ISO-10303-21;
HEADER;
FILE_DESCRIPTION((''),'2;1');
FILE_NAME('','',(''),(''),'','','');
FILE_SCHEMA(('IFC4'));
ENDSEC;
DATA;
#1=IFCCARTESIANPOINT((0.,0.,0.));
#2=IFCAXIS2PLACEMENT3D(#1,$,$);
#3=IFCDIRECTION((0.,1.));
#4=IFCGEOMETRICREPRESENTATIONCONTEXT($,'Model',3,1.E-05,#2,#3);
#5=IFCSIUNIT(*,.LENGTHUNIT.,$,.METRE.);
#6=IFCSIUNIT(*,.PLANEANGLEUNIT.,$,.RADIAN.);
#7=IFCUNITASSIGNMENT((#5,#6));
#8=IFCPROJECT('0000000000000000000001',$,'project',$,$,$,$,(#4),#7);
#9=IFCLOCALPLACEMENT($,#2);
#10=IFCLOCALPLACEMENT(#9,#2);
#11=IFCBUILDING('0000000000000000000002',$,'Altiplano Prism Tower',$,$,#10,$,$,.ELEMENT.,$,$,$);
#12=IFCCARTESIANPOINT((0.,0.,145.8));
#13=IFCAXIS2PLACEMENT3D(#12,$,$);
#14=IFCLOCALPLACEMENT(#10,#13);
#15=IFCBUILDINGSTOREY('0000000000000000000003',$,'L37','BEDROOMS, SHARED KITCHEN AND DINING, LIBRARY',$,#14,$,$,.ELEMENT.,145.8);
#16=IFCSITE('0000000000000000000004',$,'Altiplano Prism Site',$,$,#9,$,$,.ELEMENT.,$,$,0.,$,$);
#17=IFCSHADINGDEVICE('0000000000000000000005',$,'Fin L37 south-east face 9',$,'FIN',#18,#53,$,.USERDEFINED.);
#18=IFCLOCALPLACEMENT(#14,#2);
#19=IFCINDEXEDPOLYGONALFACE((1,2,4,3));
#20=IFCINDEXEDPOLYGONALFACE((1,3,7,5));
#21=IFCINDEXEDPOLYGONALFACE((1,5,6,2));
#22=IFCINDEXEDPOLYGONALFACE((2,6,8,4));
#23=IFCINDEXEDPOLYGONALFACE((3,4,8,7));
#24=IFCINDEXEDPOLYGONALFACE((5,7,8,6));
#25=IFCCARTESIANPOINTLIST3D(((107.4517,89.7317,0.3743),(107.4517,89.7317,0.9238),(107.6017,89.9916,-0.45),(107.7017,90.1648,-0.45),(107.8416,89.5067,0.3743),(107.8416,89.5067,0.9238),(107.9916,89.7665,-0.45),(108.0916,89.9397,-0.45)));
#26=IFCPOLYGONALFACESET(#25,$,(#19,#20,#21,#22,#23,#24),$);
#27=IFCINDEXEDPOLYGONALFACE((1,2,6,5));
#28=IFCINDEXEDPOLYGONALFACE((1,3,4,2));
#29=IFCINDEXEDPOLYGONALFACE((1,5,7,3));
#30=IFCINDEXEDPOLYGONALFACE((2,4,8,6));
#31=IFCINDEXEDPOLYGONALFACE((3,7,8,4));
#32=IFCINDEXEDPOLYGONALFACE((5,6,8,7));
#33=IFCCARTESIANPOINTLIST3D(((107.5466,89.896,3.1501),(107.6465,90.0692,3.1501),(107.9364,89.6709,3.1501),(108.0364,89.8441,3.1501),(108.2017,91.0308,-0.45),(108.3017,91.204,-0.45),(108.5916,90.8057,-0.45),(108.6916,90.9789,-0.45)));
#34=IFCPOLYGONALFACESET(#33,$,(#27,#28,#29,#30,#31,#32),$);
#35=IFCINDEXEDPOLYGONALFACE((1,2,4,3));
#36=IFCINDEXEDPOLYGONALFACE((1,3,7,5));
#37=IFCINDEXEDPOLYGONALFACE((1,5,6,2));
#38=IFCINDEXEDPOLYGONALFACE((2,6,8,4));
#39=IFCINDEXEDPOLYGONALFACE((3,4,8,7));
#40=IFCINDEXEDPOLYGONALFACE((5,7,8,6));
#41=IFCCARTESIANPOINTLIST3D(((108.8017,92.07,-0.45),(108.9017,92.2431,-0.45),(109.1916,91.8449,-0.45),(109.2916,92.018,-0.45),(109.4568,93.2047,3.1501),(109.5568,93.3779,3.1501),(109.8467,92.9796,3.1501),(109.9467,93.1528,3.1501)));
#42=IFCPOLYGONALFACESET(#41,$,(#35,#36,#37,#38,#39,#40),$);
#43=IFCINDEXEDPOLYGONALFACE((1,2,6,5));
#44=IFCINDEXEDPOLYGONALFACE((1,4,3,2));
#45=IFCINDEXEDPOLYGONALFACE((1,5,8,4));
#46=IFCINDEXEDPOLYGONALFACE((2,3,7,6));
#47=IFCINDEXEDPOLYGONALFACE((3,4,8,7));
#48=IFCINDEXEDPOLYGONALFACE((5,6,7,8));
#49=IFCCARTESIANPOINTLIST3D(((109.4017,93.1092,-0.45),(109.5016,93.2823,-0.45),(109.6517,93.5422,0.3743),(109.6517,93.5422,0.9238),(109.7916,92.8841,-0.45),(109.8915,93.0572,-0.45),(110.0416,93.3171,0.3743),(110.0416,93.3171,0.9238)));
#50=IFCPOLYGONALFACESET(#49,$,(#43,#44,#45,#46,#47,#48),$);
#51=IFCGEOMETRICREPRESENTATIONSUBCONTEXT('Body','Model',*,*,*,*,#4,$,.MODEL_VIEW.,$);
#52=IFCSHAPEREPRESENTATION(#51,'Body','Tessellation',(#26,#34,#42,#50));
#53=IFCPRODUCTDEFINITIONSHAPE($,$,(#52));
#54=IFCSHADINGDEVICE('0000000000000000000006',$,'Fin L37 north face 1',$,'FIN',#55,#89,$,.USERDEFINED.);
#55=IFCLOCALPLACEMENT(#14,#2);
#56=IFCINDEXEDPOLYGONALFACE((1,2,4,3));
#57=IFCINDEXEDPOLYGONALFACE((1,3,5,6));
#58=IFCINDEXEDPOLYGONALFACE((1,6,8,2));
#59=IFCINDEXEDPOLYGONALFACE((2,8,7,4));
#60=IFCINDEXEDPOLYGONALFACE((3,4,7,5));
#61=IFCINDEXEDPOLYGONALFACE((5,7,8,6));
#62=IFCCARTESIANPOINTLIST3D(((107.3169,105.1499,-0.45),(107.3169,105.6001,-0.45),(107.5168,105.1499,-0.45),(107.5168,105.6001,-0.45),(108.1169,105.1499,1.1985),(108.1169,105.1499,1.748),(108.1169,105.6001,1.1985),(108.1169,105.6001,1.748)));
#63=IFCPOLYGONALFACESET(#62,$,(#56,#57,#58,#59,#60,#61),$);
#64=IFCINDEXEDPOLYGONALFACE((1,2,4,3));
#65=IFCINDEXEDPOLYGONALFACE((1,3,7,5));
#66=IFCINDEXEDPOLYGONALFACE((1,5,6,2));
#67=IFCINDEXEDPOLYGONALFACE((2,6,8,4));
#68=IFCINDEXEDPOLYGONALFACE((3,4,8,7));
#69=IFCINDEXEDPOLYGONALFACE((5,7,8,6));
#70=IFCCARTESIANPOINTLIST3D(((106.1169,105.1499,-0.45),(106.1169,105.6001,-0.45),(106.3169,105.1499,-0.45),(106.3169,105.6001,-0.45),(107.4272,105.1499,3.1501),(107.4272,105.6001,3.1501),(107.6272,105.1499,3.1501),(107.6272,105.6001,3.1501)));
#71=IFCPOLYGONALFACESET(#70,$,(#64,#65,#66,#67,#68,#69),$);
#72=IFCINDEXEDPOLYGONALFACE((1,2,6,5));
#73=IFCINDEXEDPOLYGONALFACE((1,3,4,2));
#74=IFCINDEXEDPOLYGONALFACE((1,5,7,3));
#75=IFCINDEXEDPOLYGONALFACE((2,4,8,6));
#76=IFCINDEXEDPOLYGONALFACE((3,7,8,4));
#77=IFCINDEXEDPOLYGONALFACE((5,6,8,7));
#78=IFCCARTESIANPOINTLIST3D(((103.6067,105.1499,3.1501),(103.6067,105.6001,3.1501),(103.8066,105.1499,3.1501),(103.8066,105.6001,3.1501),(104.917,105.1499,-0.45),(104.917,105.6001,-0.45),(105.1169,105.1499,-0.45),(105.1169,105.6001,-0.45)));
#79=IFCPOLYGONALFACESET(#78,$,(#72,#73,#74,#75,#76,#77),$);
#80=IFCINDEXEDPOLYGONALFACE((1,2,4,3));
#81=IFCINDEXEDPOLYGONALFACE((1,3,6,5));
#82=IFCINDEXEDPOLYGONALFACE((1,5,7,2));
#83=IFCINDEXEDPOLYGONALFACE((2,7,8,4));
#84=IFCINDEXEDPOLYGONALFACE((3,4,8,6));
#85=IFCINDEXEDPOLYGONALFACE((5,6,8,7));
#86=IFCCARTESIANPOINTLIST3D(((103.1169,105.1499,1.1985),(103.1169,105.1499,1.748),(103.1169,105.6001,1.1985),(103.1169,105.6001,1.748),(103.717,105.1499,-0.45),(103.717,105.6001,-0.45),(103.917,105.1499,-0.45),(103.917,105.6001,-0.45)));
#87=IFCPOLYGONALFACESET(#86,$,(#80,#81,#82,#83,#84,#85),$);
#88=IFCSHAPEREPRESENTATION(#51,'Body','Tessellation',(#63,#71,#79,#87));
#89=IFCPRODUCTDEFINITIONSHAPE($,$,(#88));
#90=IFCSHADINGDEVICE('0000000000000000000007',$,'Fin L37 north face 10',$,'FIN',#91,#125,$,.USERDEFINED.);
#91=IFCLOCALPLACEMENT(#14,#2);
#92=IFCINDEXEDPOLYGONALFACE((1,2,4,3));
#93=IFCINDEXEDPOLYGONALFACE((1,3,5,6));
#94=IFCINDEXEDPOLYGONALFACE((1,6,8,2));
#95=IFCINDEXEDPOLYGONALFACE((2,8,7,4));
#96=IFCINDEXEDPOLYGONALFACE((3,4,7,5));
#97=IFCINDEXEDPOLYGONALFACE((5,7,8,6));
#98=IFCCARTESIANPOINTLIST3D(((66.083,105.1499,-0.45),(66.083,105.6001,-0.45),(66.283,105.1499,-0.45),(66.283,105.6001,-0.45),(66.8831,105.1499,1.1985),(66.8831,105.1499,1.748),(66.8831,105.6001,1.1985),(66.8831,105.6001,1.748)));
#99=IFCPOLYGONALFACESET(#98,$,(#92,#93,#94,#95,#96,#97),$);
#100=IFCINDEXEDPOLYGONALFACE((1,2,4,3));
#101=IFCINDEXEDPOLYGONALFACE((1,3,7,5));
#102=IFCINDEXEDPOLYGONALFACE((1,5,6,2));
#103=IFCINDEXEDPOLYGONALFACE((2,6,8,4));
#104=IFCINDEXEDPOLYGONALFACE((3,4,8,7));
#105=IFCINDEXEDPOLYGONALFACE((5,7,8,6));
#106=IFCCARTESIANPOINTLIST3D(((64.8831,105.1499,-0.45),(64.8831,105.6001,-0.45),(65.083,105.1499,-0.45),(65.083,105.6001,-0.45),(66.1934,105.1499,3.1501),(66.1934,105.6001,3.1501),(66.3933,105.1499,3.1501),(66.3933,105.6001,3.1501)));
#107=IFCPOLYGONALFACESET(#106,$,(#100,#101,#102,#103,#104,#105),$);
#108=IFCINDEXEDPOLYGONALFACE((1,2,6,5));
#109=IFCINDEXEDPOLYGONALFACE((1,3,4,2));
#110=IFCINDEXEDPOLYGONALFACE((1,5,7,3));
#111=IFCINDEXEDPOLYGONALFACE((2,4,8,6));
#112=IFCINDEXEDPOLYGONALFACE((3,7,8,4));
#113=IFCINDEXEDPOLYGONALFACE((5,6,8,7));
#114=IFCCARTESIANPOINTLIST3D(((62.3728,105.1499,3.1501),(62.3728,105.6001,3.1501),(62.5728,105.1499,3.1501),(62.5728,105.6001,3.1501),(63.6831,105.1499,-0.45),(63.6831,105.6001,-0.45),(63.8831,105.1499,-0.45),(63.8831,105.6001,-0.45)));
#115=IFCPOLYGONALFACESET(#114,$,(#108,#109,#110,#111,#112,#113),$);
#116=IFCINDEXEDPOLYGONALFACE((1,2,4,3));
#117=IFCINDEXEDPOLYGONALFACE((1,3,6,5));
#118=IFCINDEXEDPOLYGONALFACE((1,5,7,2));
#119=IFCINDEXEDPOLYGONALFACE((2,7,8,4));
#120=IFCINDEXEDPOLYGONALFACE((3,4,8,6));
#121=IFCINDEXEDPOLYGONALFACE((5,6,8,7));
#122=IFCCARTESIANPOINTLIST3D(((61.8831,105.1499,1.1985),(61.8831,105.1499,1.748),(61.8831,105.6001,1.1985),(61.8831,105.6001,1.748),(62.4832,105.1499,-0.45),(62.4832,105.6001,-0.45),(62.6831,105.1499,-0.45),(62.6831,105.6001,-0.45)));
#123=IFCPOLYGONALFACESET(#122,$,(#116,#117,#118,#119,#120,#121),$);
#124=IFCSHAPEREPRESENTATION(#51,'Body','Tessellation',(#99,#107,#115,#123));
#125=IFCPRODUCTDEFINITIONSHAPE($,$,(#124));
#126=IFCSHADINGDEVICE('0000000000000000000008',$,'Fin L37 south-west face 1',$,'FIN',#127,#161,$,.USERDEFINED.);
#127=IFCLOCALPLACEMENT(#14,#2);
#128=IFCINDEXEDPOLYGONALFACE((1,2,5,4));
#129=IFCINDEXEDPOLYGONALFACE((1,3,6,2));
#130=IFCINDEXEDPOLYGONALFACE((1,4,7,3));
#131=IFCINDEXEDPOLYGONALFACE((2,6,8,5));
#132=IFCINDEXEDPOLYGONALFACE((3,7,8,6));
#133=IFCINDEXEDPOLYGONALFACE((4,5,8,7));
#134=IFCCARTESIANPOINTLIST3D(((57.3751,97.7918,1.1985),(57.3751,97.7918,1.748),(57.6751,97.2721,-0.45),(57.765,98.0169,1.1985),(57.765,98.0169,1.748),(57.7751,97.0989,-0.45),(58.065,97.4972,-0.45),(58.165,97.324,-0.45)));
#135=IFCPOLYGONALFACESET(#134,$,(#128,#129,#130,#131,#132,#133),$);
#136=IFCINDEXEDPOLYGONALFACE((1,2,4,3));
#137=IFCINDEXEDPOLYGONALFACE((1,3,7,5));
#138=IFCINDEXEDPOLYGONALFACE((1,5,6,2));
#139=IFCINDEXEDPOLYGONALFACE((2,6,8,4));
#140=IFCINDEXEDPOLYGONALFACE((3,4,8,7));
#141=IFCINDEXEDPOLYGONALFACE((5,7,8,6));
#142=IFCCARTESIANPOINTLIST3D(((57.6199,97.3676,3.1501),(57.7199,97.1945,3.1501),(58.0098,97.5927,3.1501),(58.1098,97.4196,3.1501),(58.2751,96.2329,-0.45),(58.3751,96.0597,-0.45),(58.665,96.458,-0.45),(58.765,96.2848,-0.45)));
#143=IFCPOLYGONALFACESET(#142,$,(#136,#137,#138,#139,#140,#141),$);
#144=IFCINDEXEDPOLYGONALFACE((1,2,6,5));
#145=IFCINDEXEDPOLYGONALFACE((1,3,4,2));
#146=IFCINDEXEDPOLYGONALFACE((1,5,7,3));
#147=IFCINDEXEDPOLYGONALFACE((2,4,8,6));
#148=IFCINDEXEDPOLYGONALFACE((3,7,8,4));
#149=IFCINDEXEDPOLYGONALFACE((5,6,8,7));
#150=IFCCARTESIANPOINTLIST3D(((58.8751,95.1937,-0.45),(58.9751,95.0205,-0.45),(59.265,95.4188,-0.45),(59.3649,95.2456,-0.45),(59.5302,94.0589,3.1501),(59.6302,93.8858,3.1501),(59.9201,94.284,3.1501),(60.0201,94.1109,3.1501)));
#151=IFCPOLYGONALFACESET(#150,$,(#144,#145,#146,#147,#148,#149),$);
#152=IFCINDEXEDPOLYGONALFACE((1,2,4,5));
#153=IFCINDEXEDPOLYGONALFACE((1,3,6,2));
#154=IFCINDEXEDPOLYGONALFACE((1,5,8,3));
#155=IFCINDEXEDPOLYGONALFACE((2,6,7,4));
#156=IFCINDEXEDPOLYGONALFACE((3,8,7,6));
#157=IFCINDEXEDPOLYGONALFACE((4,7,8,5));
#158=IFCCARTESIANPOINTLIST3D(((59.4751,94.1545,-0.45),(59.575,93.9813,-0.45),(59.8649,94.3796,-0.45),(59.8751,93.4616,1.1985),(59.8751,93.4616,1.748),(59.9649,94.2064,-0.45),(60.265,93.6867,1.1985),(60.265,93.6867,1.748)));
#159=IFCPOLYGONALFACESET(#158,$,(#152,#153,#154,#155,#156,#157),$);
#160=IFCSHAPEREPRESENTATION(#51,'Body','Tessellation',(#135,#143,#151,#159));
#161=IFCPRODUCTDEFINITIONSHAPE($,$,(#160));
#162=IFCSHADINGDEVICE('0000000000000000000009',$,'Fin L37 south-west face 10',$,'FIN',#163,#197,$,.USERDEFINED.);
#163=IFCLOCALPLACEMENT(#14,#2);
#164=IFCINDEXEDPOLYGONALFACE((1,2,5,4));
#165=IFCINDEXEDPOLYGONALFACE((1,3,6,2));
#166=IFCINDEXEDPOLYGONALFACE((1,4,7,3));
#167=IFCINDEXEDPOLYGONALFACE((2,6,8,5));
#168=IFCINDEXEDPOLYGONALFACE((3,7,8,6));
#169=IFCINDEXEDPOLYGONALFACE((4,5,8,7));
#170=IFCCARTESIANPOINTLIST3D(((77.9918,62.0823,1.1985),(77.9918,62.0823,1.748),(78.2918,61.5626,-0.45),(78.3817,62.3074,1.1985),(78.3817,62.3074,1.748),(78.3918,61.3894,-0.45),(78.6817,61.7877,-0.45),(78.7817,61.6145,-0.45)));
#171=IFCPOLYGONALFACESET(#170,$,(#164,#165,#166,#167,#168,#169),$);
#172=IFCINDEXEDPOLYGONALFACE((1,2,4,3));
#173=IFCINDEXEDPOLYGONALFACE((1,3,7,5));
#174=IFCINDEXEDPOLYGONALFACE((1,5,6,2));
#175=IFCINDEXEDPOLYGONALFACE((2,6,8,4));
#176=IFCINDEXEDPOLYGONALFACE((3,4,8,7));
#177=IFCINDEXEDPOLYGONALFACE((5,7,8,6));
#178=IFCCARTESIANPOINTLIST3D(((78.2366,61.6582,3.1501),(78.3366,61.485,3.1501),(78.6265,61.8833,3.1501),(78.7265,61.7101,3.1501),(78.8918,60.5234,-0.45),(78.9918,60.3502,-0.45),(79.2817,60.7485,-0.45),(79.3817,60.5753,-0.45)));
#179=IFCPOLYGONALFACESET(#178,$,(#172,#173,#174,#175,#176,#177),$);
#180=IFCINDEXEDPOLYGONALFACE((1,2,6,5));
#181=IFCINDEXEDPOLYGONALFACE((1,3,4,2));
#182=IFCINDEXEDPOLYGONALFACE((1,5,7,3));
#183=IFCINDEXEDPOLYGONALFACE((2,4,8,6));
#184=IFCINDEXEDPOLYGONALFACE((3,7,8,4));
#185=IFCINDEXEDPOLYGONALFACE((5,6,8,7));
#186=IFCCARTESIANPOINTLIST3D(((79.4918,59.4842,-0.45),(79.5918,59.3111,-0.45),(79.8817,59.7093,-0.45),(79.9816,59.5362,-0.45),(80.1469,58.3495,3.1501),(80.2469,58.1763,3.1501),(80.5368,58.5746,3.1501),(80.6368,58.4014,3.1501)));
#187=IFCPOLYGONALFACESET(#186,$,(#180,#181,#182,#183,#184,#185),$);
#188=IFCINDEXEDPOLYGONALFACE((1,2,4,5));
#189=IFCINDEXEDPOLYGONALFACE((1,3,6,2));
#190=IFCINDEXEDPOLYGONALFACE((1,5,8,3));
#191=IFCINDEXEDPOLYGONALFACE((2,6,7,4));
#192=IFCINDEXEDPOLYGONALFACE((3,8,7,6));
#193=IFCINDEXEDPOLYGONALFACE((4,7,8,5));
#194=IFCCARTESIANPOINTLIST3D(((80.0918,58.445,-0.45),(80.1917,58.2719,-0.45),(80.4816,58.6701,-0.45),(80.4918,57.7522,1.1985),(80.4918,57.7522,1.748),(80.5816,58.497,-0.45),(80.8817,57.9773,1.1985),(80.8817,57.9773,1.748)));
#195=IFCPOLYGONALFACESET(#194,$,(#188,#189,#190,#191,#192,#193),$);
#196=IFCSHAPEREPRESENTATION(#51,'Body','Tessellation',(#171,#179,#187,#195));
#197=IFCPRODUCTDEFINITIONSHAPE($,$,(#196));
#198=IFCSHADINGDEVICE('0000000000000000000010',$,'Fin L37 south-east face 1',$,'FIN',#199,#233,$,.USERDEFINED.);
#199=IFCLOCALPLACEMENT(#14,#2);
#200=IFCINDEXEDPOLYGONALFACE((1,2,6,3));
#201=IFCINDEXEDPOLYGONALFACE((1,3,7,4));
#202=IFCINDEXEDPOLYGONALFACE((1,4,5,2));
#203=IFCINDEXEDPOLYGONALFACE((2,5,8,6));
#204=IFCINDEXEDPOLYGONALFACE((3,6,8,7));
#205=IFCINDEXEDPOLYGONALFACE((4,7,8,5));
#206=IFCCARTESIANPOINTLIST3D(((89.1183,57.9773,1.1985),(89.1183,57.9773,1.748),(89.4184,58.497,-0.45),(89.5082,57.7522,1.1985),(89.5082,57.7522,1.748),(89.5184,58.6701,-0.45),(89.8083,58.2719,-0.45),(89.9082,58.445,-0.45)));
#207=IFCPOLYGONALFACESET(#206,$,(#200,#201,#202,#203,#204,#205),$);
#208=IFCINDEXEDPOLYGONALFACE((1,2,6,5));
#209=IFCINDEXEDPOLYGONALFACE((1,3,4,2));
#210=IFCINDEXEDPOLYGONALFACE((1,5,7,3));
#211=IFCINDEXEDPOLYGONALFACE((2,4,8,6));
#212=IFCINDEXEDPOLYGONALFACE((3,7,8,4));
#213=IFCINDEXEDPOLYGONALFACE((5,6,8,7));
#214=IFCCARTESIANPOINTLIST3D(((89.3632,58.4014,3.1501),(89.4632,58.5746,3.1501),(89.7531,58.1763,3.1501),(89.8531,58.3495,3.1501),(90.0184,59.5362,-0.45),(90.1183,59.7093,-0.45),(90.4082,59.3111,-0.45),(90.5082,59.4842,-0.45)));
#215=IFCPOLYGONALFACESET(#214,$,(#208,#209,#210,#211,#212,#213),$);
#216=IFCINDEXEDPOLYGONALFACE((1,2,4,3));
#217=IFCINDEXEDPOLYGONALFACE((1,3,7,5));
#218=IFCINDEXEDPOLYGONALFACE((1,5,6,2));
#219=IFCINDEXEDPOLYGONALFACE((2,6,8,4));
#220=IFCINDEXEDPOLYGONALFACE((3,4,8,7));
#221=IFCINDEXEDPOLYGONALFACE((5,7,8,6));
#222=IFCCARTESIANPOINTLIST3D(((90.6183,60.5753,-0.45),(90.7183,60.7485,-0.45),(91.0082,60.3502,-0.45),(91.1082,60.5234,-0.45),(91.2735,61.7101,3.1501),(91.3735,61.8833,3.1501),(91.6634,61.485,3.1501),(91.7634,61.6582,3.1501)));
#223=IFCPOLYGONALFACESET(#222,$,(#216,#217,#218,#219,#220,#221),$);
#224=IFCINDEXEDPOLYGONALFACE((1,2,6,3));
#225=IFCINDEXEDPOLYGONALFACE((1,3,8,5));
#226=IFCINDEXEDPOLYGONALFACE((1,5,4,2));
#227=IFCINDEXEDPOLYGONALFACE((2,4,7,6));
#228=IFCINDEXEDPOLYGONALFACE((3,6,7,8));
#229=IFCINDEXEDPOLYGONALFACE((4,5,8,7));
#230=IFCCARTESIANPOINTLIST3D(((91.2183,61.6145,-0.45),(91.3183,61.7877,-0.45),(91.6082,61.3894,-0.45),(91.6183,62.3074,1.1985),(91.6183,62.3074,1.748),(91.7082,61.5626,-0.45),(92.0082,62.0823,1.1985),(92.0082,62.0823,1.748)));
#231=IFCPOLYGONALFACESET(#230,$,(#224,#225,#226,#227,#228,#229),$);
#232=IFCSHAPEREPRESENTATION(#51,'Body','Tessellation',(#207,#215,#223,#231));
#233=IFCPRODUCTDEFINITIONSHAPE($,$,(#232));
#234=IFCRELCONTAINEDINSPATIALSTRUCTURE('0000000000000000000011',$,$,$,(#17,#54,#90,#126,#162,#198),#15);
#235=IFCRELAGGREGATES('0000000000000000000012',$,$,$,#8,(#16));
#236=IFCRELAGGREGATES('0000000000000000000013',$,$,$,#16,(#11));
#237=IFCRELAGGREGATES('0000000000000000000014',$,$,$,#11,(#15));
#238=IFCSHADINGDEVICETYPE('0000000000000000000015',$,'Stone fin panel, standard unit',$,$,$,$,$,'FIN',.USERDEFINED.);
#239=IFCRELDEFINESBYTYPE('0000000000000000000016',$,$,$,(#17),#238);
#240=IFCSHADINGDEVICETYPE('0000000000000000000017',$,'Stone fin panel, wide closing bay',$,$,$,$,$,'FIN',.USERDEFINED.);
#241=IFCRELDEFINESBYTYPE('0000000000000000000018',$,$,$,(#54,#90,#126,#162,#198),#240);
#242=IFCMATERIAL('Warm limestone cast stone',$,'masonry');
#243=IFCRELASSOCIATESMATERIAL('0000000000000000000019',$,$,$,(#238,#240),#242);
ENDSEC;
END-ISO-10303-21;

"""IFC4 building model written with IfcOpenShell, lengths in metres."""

from ifc_helpers import new_model, si_unit, direction, frame, origin, place, context, subcontext, project, spatial, polyline, outline, extrude, source, transform, mapped, material, type_object, element, save


model = new_model("IFC4")

# Units and contexts
model_context = context("Model", 3, precision=1e-05, world=origin(), true_north=direction((0.0, 1.0)))
body_context = subcontext(model_context, "Body", "Model", "MODEL_VIEW")
ifc_project = project(units=[si_unit("LENGTHUNIT", "METRE"), si_unit("PLANEANGLEUNIT", "RADIAN")], contexts=[model_context])

# Site, building, storey
site_placement = place(None, origin())
site = spatial("IfcSite", under=ifc_project, at=site_placement, Name="Altiplano Prism Site", CompositionType="ELEMENT", RefElevation=0.0)
building_placement = place(site_placement, origin())
building = spatial("IfcBuilding", under=site, at=building_placement, Name="Altiplano Prism Tower", CompositionType="ELEMENT")
storey_placement = place(building_placement, frame((0.0, 0.0, 145.8)))
storey = spatial("IfcBuildingStorey", under=building, at=storey_placement, Name="L37", Description="BEDROOMS, SHARED KITCHEN AND DINING, LIBRARY", CompositionType="ELEMENT", Elevation=145.8)

# Shading devices
ifc_material_1 = material(Name="Warm limestone cast stone", Category="masonry")
shading_device_type_1 = type_object("IfcShadingDeviceType", Name="Stone fin panel, standard unit", ElementType="FIN", PredefinedType="USERDEFINED", material=ifc_material_1)
shared_shape_1 = source(origin(), body_context, "Body", "SweptSolid", [
    extrude(outline(polyline([(-2.2, 1.3738), (-2.2, 0.8242), (-1.8999, 0.0), (-1.7, 0.0), (-2.2, 1.3738)])), frame((0.0, -0.1499, 0.0), z_axis=(0.0, -1.0, 0.0), x_axis=(1.0, 0.0, 0.0)), (0.0, 0.0, 1.0), 0.4502),
    extrude(outline(polyline([(-2.0103, 3.6001), (-0.7, 0.0), (-0.5, 0.0), (-1.8103, 3.6001), (-2.0103, 3.6001)])), frame((0.0, -0.1499, 0.0), z_axis=(0.0, -1.0, 0.0), x_axis=(1.0, 0.0, 0.0)), (0.0, 0.0, 1.0), 0.4502),
    extrude(outline(polyline([(1.8103, 3.6001), (0.5, 0.0), (0.7, 0.0), (2.0103, 3.6001), (1.8103, 3.6001)])), frame((0.0, -0.1499, 0.0), z_axis=(0.0, -1.0, 0.0), x_axis=(1.0, 0.0, 0.0)), (0.0, 0.0, 1.0), 0.4502),
    extrude(outline(polyline([(2.2, 0.8242), (2.2, 1.3738), (1.7, 0.0), (1.8999, 0.0), (2.2, 0.8242)])), frame((0.0, -0.1499, 0.0), z_axis=(0.0, -1.0, 0.0), x_axis=(1.0, 0.0, 0.0)), (0.0, 0.0, 1.0), 0.4502),
])
shading_device_1_placement = place(storey_placement, origin())
element("IfcShadingDevice", 1, at=shading_device_1_placement, inside=storey, type_object=shading_device_type_1, Name="Fin L37 south-east face 9", ObjectType="FIN", PredefinedType="USERDEFINED", context=body_context, shape_type="MappedRepresentation", body=[
    mapped(shared_shape_1, transform((108.4219, 91.7119, -0.45), x_axis=(0.5, 0.866025, 0.0), y_axis=(-0.866025, 0.5, 0.0), z_axis=(0.0, 0.0, 1.0))),
])
shading_device_type_2 = type_object("IfcShadingDeviceType", Name="Stone fin panel, wide closing bay", ElementType="FIN", PredefinedType="USERDEFINED", material=ifc_material_1)
shared_shape_2 = source(origin(), body_context, "Body", "SweptSolid", [
    extrude(outline(polyline([(-2.5, 2.198), (-2.5, 1.6484), (-1.8999, 0.0), (-1.7, 0.0), (-2.5, 2.198)])), frame((0.0, -0.1499, 0.0), z_axis=(0.0, -1.0, 0.0), x_axis=(1.0, 0.0, 0.0)), (0.0, 0.0, 1.0), 0.4502),
    extrude(outline(polyline([(-2.0103, 3.6001), (-0.7, 0.0), (-0.5, 0.0), (-1.8103, 3.6001), (-2.0103, 3.6001)])), frame((0.0, -0.1499, 0.0), z_axis=(0.0, -1.0, 0.0), x_axis=(1.0, 0.0, 0.0)), (0.0, 0.0, 1.0), 0.4502),
    extrude(outline(polyline([(1.8103, 3.6001), (0.5, 0.0), (0.7, 0.0), (2.0103, 3.6001), (1.8103, 3.6001)])), frame((0.0, -0.1499, 0.0), z_axis=(0.0, -1.0, 0.0), x_axis=(1.0, 0.0, 0.0)), (0.0, 0.0, 1.0), 0.4502),
    extrude(outline(polyline([(2.5, 1.6484), (2.5, 2.198), (1.7, 0.0), (1.8999, 0.0), (2.5, 1.6484)])), frame((0.0, -0.1499, 0.0), z_axis=(0.0, -1.0, 0.0), x_axis=(1.0, 0.0, 0.0)), (0.0, 0.0, 1.0), 0.4502),
])
shading_device_2_placement = place(storey_placement, origin())
element("IfcShadingDevice", 2, at=shading_device_2_placement, inside=storey, type_object=shading_device_type_2, Name="Fin L37 north face 1", ObjectType="FIN", PredefinedType="USERDEFINED", context=body_context, shape_type="MappedRepresentation", body=[
    mapped(shared_shape_2, transform((105.6169, 105.0, -0.45), x_axis=(-1.0, 0.0, 0.0), y_axis=(0.0, -1.0, 0.0), z_axis=(0.0, 0.0, 1.0))),
])
shading_device_3_placement = place(storey_placement, origin())
element("IfcShadingDevice", 3, at=shading_device_3_placement, inside=storey, type_object=shading_device_type_2, Name="Fin L37 north face 10", ObjectType="FIN", PredefinedType="USERDEFINED", context=body_context, shape_type="MappedRepresentation", body=[
    mapped(shared_shape_2, transform((64.3831, 105.0, -0.45), x_axis=(-1.0, 0.0, 0.0), y_axis=(0.0, -1.0, 0.0), z_axis=(0.0, 0.0, 1.0))),
])
shading_device_4_placement = place(storey_placement, origin())
element("IfcShadingDevice", 4, at=shading_device_4_placement, inside=storey, type_object=shading_device_type_2, Name="Fin L37 south-west face 1", ObjectType="FIN", PredefinedType="USERDEFINED", context=body_context, shape_type="MappedRepresentation", body=[
    mapped(shared_shape_2, transform((59.1448, 95.9268, -0.45), x_axis=(0.5, -0.866025, 0.0), y_axis=(0.866025, 0.5, 0.0), z_axis=(0.0, 0.0, 1.0))),
])
shading_device_5_placement = place(storey_placement, origin())
element("IfcShadingDevice", 5, at=shading_device_5_placement, inside=storey, type_object=shading_device_type_2, Name="Fin L37 south-west face 10", ObjectType="FIN", PredefinedType="USERDEFINED", context=body_context, shape_type="MappedRepresentation", body=[
    mapped(shared_shape_2, transform((79.7615, 60.2173, -0.45), x_axis=(0.5, -0.866025, 0.0), y_axis=(0.866025, 0.5, 0.0), z_axis=(0.0, 0.0, 1.0))),
])
shading_device_6_placement = place(storey_placement, origin())
element("IfcShadingDevice", 6, at=shading_device_6_placement, inside=storey, type_object=shading_device_type_2, Name="Fin L37 south-east face 1", ObjectType="FIN", PredefinedType="USERDEFINED", context=body_context, shape_type="MappedRepresentation", body=[
    mapped(shared_shape_2, transform((90.2385, 60.2173, -0.45), x_axis=(0.5, 0.866025, 0.0), y_axis=(-0.866025, 0.5, 0.0), z_axis=(0.0, 0.0, 1.0))),
])

save(model, "model.ifc")
